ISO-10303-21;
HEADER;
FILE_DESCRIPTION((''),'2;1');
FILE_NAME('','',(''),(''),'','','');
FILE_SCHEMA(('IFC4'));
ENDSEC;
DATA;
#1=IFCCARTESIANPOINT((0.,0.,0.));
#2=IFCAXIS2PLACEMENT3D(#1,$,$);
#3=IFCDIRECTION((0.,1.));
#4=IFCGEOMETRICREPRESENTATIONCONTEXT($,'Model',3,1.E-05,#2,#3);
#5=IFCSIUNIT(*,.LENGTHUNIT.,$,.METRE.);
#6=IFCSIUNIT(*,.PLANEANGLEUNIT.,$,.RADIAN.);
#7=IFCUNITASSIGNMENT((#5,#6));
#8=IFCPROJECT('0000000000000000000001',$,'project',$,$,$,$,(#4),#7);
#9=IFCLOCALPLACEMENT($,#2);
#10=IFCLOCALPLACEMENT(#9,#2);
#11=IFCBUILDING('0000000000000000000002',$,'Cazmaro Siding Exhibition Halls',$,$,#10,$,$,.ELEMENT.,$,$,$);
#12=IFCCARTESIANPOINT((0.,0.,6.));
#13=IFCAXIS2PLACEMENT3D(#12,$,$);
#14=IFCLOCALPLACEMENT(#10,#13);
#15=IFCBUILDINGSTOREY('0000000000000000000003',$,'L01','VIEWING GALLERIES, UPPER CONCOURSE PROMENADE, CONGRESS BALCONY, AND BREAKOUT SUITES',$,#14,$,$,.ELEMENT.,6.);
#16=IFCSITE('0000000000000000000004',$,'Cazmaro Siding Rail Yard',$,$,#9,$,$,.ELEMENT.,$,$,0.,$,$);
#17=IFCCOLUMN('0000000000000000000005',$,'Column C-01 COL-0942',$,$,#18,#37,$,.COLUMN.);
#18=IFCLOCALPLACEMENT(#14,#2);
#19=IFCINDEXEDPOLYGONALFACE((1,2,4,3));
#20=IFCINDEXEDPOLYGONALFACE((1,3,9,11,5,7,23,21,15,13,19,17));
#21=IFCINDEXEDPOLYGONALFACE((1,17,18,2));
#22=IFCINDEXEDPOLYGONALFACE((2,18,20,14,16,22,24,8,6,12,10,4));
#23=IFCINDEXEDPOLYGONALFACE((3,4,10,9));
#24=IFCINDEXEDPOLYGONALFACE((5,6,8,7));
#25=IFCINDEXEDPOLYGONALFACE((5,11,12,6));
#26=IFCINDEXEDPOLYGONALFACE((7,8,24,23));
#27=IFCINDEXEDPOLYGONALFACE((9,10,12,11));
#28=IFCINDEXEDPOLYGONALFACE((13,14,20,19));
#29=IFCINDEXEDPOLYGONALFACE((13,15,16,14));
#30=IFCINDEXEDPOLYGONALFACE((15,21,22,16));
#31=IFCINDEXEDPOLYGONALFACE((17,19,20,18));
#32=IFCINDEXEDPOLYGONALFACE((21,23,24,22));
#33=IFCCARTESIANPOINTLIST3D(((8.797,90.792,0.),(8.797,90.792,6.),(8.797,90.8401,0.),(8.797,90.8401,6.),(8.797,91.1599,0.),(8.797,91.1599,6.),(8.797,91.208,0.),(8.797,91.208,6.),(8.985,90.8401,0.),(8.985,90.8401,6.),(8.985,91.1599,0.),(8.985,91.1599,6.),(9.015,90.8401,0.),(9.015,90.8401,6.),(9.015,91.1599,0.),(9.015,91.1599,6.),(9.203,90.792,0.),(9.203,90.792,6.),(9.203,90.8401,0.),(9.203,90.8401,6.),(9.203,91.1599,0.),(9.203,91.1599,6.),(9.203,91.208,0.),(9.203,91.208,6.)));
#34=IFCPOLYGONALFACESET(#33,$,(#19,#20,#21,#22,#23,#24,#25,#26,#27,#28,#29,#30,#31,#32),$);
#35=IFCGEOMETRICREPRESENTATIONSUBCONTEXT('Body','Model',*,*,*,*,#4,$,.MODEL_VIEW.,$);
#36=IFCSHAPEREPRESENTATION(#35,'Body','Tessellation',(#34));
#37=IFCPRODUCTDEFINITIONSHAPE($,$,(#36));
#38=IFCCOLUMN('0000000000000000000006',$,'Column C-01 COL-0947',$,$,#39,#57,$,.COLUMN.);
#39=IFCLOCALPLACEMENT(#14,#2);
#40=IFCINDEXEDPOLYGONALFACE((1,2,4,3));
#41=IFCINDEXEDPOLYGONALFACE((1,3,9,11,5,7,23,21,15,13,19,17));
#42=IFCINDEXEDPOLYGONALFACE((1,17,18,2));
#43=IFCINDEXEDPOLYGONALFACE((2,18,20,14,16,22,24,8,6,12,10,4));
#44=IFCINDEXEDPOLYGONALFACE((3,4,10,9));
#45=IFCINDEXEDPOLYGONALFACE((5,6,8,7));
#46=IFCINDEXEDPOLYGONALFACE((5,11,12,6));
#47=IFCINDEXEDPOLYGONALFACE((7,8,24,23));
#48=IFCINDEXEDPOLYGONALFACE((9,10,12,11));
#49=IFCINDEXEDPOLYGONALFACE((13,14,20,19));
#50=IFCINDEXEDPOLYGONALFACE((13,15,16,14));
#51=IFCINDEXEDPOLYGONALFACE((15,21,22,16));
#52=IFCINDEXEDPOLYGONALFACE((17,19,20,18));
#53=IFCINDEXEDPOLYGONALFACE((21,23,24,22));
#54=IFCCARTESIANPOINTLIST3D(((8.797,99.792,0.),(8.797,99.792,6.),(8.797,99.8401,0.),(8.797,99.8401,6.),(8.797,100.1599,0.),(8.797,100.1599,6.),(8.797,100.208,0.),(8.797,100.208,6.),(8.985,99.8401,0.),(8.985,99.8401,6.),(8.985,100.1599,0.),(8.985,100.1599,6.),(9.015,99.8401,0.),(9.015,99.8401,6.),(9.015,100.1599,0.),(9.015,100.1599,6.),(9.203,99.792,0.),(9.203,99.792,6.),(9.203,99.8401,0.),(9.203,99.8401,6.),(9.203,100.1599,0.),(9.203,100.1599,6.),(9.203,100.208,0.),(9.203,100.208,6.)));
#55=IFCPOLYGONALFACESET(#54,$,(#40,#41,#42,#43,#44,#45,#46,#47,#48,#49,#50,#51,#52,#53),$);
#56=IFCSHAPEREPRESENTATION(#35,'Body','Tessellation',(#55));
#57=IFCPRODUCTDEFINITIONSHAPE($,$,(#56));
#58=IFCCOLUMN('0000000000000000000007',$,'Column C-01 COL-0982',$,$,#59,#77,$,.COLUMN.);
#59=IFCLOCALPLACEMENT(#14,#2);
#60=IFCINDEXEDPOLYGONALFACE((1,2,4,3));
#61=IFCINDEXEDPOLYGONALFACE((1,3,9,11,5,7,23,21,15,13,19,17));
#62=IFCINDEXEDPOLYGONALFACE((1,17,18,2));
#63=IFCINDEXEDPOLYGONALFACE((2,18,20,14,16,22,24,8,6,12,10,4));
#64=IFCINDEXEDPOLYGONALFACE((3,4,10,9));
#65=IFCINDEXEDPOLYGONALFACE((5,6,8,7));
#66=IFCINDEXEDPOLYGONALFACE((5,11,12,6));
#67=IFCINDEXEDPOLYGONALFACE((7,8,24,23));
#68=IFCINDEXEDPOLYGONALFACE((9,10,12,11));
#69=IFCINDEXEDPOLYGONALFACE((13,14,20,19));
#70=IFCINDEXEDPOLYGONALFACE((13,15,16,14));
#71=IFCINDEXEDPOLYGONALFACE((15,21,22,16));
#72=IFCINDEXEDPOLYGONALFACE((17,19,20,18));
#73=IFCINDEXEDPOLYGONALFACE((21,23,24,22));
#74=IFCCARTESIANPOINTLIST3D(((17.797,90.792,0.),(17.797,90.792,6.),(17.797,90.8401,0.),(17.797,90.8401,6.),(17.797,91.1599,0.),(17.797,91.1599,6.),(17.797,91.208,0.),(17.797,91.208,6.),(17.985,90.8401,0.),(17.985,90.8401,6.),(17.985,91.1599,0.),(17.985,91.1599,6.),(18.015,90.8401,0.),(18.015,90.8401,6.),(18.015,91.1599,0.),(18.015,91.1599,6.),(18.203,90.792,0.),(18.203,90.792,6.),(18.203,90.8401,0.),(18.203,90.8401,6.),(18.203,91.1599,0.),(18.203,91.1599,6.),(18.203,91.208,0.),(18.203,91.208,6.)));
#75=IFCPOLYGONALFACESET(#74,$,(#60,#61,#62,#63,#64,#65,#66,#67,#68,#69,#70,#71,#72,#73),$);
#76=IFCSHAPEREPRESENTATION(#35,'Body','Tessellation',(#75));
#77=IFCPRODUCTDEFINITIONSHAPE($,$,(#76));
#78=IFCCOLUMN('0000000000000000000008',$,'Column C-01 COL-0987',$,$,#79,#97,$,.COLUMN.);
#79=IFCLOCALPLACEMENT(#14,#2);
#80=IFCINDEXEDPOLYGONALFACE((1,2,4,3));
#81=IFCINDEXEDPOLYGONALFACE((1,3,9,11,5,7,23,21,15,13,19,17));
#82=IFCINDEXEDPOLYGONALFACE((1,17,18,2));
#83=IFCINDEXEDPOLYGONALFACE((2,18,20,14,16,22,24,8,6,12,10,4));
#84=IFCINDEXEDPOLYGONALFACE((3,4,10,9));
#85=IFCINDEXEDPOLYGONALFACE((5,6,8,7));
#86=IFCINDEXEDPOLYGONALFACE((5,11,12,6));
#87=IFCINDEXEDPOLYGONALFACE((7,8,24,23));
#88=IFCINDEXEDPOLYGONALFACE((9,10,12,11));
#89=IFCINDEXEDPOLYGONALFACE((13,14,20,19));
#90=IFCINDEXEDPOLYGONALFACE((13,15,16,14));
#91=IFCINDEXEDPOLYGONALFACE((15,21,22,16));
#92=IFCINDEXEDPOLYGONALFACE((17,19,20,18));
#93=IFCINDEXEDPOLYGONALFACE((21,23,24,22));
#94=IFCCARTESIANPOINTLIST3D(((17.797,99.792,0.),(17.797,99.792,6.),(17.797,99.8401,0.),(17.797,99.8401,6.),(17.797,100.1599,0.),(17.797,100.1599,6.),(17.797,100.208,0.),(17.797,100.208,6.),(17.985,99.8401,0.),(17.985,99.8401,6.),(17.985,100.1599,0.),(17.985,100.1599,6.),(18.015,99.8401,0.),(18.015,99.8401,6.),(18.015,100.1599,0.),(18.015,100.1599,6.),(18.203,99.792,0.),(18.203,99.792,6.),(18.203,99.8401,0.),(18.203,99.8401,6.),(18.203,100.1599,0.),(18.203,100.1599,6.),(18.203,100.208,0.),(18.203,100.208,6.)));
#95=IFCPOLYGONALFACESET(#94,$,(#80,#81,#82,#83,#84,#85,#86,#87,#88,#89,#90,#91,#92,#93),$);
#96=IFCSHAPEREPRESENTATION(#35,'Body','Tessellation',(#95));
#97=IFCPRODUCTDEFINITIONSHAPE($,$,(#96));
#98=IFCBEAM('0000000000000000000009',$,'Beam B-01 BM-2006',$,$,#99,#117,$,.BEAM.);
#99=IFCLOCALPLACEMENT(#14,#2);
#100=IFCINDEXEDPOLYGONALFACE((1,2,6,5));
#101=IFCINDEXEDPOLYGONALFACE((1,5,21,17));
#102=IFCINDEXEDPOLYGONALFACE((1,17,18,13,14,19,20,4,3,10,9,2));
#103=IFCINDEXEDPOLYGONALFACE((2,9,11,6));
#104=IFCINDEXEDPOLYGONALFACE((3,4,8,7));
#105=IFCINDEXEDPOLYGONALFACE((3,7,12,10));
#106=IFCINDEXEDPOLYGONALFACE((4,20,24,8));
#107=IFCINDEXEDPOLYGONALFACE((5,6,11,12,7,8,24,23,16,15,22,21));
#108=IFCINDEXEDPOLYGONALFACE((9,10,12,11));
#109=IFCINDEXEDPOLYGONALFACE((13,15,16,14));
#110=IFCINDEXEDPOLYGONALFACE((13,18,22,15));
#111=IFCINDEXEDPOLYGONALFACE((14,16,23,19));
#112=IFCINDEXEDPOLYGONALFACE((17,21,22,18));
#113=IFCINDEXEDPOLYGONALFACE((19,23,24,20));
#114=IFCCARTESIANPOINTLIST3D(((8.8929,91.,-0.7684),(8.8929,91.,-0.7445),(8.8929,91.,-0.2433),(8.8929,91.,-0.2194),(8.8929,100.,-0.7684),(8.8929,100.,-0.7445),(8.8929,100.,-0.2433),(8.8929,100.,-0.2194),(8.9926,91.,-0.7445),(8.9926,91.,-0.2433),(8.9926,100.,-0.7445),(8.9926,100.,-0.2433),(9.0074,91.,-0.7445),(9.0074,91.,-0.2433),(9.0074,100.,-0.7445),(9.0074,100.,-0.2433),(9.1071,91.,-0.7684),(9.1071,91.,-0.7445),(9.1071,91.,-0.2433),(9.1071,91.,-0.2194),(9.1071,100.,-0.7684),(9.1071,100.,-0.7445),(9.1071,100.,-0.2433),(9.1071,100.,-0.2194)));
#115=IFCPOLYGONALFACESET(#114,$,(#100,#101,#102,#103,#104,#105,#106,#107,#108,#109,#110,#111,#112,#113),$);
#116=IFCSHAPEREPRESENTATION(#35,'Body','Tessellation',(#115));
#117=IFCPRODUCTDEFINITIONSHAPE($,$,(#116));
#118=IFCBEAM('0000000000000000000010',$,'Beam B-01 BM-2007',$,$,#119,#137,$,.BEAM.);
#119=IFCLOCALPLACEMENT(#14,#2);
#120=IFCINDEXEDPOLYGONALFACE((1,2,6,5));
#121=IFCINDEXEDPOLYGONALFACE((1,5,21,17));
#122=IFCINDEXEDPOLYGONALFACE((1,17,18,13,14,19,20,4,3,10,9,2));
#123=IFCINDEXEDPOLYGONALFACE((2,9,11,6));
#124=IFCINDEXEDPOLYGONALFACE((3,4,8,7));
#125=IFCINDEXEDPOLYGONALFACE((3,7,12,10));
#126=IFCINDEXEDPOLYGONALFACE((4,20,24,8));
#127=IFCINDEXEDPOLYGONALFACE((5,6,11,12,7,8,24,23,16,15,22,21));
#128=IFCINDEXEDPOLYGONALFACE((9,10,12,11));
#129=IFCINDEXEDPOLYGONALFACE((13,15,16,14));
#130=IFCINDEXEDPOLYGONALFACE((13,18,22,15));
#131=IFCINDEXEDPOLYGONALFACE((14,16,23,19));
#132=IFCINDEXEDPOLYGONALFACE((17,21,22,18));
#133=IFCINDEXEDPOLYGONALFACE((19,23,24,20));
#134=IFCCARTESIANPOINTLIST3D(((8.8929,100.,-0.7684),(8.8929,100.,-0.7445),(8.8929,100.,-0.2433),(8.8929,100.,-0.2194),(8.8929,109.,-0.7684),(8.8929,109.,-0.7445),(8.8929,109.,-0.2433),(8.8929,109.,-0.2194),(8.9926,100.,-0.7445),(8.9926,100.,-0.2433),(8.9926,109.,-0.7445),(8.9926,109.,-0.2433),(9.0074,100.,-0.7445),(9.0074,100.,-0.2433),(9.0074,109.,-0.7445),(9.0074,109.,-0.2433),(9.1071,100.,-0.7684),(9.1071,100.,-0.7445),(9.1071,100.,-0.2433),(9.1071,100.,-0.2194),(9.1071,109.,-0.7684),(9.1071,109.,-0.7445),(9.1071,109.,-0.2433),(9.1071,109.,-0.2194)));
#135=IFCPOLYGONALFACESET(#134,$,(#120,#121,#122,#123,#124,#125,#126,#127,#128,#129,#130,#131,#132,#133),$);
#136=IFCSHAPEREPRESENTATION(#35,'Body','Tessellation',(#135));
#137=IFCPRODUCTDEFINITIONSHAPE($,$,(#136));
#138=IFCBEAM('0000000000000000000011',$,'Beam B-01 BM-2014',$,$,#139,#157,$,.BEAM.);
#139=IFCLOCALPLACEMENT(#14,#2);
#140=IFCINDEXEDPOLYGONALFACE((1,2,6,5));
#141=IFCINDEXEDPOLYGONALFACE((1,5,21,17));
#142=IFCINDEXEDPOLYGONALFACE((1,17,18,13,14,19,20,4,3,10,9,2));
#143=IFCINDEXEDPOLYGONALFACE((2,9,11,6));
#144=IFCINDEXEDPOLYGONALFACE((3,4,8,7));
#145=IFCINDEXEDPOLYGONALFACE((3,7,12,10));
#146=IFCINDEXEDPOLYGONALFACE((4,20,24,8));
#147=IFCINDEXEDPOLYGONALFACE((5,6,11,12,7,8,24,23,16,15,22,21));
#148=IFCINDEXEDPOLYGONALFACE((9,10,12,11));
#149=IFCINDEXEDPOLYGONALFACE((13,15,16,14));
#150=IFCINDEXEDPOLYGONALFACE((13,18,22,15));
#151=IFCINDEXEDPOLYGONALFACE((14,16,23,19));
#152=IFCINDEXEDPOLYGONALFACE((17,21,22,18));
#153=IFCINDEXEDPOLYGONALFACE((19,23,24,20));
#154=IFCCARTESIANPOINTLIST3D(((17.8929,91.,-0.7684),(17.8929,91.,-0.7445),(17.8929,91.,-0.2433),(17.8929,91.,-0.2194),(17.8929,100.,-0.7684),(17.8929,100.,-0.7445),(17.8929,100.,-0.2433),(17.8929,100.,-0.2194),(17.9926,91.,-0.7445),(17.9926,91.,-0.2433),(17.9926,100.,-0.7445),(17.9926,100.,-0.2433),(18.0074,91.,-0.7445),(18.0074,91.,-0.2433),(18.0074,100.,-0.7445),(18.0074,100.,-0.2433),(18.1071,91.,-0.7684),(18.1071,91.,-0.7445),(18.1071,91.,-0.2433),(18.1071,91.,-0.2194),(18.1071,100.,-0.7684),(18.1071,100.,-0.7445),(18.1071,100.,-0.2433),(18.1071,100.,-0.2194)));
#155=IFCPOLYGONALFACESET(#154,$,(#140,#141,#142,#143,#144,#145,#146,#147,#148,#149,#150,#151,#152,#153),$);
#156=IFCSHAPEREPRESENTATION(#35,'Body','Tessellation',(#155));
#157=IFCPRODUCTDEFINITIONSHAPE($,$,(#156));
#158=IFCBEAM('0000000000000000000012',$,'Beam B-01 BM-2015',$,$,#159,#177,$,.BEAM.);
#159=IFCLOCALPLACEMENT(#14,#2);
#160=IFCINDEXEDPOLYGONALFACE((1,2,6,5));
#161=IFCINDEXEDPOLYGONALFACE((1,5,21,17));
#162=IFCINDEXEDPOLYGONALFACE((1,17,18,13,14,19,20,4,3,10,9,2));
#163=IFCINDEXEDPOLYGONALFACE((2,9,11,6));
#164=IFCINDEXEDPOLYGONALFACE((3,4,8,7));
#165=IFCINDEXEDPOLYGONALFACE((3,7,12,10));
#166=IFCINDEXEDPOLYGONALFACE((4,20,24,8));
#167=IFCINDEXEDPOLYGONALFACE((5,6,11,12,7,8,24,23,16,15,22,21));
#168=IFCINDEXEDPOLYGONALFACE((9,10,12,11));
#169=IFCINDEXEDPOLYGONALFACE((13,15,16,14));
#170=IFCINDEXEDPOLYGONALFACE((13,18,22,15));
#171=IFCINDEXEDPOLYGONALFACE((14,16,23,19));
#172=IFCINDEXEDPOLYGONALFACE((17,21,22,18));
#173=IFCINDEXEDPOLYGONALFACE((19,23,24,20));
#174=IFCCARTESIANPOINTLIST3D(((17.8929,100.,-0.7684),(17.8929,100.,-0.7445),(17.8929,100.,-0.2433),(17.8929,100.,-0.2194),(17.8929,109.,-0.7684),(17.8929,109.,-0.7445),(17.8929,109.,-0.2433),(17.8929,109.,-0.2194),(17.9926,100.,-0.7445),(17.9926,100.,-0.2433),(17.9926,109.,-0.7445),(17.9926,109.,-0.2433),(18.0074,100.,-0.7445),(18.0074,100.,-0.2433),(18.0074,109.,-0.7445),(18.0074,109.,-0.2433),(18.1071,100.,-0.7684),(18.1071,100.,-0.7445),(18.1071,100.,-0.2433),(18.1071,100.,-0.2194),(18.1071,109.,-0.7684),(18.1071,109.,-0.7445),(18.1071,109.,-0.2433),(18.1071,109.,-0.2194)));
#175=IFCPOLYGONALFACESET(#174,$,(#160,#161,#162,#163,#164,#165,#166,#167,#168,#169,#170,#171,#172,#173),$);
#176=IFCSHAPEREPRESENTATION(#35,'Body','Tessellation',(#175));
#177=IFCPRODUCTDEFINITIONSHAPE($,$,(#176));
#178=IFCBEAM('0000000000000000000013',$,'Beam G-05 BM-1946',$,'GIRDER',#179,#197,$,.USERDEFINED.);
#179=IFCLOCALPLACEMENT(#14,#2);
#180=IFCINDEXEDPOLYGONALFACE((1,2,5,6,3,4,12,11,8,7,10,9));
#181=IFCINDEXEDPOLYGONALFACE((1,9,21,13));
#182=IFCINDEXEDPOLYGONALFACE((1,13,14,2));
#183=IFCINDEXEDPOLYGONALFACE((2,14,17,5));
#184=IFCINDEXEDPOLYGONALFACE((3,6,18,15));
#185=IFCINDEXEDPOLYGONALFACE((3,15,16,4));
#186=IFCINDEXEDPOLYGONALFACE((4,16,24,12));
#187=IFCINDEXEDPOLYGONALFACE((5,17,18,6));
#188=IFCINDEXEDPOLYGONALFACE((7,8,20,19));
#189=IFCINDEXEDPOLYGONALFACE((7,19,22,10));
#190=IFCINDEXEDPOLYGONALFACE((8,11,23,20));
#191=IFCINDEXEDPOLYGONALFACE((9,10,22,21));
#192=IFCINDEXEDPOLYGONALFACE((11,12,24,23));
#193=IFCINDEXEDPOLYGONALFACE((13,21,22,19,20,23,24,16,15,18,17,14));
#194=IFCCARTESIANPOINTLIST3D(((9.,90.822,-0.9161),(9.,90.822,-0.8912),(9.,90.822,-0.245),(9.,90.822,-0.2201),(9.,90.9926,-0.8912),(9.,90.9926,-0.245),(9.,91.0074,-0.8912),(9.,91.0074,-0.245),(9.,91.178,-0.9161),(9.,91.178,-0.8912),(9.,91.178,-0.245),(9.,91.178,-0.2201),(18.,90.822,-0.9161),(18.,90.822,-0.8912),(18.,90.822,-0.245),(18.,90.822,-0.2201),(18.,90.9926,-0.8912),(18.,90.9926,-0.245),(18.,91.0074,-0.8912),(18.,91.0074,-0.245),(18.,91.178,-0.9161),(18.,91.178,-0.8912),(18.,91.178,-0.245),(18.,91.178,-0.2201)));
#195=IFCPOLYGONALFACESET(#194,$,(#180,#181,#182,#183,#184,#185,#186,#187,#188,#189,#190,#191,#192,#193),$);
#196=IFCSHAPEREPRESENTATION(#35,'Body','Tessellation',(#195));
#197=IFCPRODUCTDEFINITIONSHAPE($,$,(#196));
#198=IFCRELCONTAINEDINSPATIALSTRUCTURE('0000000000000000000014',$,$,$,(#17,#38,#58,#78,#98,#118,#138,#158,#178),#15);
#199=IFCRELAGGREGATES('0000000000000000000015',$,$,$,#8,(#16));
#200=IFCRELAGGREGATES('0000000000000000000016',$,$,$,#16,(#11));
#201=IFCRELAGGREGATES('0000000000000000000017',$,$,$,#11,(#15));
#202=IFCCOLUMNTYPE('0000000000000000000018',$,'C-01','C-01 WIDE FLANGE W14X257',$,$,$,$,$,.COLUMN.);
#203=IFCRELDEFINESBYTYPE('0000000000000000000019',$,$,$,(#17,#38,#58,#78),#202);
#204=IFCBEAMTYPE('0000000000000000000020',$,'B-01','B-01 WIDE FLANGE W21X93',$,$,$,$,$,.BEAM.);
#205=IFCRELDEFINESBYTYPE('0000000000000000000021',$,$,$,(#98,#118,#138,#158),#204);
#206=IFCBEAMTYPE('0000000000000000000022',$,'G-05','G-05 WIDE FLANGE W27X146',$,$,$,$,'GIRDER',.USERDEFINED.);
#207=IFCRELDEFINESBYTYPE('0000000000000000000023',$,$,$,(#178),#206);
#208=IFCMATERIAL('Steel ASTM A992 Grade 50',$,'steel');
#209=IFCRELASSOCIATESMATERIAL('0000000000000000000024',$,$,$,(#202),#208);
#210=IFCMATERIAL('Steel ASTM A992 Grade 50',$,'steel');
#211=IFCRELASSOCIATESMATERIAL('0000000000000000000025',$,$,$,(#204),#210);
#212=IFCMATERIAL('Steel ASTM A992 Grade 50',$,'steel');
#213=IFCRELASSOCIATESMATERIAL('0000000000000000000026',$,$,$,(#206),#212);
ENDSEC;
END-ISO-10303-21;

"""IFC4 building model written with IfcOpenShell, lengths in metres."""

from ifc_helpers import new_model, si_unit, direction, frame, origin, origin_2d, place, context, subcontext, project, spatial, i_section, extrude, material, material_profile, profile_set, type_object, element, save


model = new_model("IFC4")

# Units and contexts
model_context = context("Model", 3, precision=1e-05, world=origin(), true_north=direction((0.0, 1.0)))
body_context = subcontext(model_context, "Body", "Model", "MODEL_VIEW")
ifc_project = project(units=[si_unit("LENGTHUNIT", "METRE"), si_unit("PLANEANGLEUNIT", "RADIAN")], contexts=[model_context])

# Site, building, storey
site_placement = place(None, origin())
site = spatial("IfcSite", under=ifc_project, at=site_placement, Name="Cazmaro Siding Rail Yard", CompositionType="ELEMENT", RefElevation=0.0)
building_placement = place(site_placement, origin())
building = spatial("IfcBuilding", under=site, at=building_placement, Name="Cazmaro Siding Exhibition Halls", CompositionType="ELEMENT")
storey_placement = place(building_placement, frame((0.0, 0.0, 6.0)))
storey = spatial("IfcBuildingStorey", under=building, at=storey_placement, Name="L01", Description="VIEWING GALLERIES, UPPER CONCOURSE PROMENADE, CONGRESS BALCONY, AND BREAKOUT SUITES", CompositionType="ELEMENT", Elevation=6.0)

# Columns
ifc_material_1 = material(Name="Steel ASTM A992 Grade 50", Category="steel")
ifc_material_profile_1 = material_profile(ifc_material_1, i_section(OverallWidth=0.406, OverallDepth=0.416, WebThickness=0.03, FlangeThickness=0.0481, at=origin_2d()), Name="W14X257")
ifc_profile_set_1 = profile_set([ifc_material_profile_1], Name="Steel ASTM A992 Grade 50")
column_type = type_object("IfcColumnType", Name="C-01", Description="C-01 WIDE FLANGE W14X257", PredefinedType="COLUMN", material=ifc_profile_set_1)
for number, where, z_axis, x_axis, name in (
    (1, (9.0, 91.0, 0.0), (0.0, 0.0, 1.0), (1.0, 0.0, 0.0), "Column C-01 COL-0942"),
    (2, (9.0, 100.0, 0.0), (0.0, 0.0, 1.0), (1.0, 0.0, 0.0), "Column C-01 COL-0947"),
    (3, (18.0, 91.0, 0.0), (0.0, 0.0, 1.0), (1.0, 0.0, 0.0), "Column C-01 COL-0982"),
    (4, (18.0, 100.0, 0.0), (0.0, 0.0, 1.0), (1.0, 0.0, 0.0), "Column C-01 COL-0987"),
):
    element("IfcColumn", number, at=place(storey_placement, frame(where, z_axis=z_axis, x_axis=x_axis)), inside=storey, type_object=column_type, Name=name, PredefinedType="COLUMN", context=body_context, shape_type="SweptSolid", body=[
        extrude(i_section(OverallWidth=0.406, OverallDepth=0.416, WebThickness=0.03, FlangeThickness=0.0481, at=origin_2d()), origin(), (0.0, 0.0, 1.0), 6.0),
    ])

# Beams
ifc_material_2 = material(Name="Steel ASTM A992 Grade 50", Category="steel")
ifc_material_profile_2 = material_profile(ifc_material_2, i_section(OverallWidth=0.2141, OverallDepth=0.5491, WebThickness=0.0149, FlangeThickness=0.0239, at=origin_2d()), Name="W21X93")
ifc_profile_set_2 = profile_set([ifc_material_profile_2], Name="Steel ASTM A992 Grade 50")
beam_type_1 = type_object("IfcBeamType", Name="B-01", Description="B-01 WIDE FLANGE W21X93", PredefinedType="BEAM", material=ifc_profile_set_2)
for number, where, z_axis, x_axis, name in (
    (5, (9.0, 91.0, -0.4939), (0.0, 1.0, 0.0), (-1.0, 0.0, 0.0), "Beam B-01 BM-2006"),
    (6, (9.0, 100.0, -0.4939), (0.0, 1.0, 0.0), (-1.0, 0.0, 0.0), "Beam B-01 BM-2007"),
    (7, (18.0, 91.0, -0.4939), (0.0, 1.0, 0.0), (-1.0, 0.0, 0.0), "Beam B-01 BM-2014"),
    (8, (18.0, 100.0, -0.4939), (0.0, 1.0, 0.0), (-1.0, 0.0, 0.0), "Beam B-01 BM-2015"),
):
    element("IfcBeam", number, at=place(storey_placement, frame(where, z_axis=z_axis, x_axis=x_axis)), inside=storey, type_object=beam_type_1, Name=name, PredefinedType="BEAM", context=body_context, shape_type="SweptSolid", body=[
        extrude(i_section(OverallWidth=0.2141, OverallDepth=0.5491, WebThickness=0.0149, FlangeThickness=0.0239, at=origin_2d()), origin(), (0.0, 0.0, 1.0), 9.0),
    ])
ifc_material_3 = material(Name="Steel ASTM A992 Grade 50", Category="steel")
ifc_material_profile_3 = material_profile(ifc_material_3, i_section(OverallWidth=0.356, OverallDepth=0.696, WebThickness=0.0149, FlangeThickness=0.0249, at=origin_2d()), Name="W27X146")
ifc_profile_set_3 = profile_set([ifc_material_profile_3], Name="Steel ASTM A992 Grade 50")
beam_type_2 = type_object("IfcBeamType", Name="G-05", Description="G-05 WIDE FLANGE W27X146", ElementType="GIRDER", PredefinedType="USERDEFINED", material=ifc_profile_set_3)
for number, where, z_axis, x_axis, name in (
    (9, (9.0, 91.0, -0.5681), (1.0, 0.0, 0.0), (0.0, 1.0, 0.0), "Beam G-05 BM-1946"),
):
    element("IfcBeam", number, at=place(storey_placement, frame(where, z_axis=z_axis, x_axis=x_axis)), inside=storey, type_object=beam_type_2, Name=name, ObjectType="GIRDER", PredefinedType="USERDEFINED", context=body_context, shape_type="SweptSolid", body=[
        extrude(i_section(OverallWidth=0.356, OverallDepth=0.696, WebThickness=0.0149, FlangeThickness=0.0249, at=origin_2d()), origin(), (0.0, 0.0, 1.0), 9.0),
    ])

save(model, "model.ifc")
